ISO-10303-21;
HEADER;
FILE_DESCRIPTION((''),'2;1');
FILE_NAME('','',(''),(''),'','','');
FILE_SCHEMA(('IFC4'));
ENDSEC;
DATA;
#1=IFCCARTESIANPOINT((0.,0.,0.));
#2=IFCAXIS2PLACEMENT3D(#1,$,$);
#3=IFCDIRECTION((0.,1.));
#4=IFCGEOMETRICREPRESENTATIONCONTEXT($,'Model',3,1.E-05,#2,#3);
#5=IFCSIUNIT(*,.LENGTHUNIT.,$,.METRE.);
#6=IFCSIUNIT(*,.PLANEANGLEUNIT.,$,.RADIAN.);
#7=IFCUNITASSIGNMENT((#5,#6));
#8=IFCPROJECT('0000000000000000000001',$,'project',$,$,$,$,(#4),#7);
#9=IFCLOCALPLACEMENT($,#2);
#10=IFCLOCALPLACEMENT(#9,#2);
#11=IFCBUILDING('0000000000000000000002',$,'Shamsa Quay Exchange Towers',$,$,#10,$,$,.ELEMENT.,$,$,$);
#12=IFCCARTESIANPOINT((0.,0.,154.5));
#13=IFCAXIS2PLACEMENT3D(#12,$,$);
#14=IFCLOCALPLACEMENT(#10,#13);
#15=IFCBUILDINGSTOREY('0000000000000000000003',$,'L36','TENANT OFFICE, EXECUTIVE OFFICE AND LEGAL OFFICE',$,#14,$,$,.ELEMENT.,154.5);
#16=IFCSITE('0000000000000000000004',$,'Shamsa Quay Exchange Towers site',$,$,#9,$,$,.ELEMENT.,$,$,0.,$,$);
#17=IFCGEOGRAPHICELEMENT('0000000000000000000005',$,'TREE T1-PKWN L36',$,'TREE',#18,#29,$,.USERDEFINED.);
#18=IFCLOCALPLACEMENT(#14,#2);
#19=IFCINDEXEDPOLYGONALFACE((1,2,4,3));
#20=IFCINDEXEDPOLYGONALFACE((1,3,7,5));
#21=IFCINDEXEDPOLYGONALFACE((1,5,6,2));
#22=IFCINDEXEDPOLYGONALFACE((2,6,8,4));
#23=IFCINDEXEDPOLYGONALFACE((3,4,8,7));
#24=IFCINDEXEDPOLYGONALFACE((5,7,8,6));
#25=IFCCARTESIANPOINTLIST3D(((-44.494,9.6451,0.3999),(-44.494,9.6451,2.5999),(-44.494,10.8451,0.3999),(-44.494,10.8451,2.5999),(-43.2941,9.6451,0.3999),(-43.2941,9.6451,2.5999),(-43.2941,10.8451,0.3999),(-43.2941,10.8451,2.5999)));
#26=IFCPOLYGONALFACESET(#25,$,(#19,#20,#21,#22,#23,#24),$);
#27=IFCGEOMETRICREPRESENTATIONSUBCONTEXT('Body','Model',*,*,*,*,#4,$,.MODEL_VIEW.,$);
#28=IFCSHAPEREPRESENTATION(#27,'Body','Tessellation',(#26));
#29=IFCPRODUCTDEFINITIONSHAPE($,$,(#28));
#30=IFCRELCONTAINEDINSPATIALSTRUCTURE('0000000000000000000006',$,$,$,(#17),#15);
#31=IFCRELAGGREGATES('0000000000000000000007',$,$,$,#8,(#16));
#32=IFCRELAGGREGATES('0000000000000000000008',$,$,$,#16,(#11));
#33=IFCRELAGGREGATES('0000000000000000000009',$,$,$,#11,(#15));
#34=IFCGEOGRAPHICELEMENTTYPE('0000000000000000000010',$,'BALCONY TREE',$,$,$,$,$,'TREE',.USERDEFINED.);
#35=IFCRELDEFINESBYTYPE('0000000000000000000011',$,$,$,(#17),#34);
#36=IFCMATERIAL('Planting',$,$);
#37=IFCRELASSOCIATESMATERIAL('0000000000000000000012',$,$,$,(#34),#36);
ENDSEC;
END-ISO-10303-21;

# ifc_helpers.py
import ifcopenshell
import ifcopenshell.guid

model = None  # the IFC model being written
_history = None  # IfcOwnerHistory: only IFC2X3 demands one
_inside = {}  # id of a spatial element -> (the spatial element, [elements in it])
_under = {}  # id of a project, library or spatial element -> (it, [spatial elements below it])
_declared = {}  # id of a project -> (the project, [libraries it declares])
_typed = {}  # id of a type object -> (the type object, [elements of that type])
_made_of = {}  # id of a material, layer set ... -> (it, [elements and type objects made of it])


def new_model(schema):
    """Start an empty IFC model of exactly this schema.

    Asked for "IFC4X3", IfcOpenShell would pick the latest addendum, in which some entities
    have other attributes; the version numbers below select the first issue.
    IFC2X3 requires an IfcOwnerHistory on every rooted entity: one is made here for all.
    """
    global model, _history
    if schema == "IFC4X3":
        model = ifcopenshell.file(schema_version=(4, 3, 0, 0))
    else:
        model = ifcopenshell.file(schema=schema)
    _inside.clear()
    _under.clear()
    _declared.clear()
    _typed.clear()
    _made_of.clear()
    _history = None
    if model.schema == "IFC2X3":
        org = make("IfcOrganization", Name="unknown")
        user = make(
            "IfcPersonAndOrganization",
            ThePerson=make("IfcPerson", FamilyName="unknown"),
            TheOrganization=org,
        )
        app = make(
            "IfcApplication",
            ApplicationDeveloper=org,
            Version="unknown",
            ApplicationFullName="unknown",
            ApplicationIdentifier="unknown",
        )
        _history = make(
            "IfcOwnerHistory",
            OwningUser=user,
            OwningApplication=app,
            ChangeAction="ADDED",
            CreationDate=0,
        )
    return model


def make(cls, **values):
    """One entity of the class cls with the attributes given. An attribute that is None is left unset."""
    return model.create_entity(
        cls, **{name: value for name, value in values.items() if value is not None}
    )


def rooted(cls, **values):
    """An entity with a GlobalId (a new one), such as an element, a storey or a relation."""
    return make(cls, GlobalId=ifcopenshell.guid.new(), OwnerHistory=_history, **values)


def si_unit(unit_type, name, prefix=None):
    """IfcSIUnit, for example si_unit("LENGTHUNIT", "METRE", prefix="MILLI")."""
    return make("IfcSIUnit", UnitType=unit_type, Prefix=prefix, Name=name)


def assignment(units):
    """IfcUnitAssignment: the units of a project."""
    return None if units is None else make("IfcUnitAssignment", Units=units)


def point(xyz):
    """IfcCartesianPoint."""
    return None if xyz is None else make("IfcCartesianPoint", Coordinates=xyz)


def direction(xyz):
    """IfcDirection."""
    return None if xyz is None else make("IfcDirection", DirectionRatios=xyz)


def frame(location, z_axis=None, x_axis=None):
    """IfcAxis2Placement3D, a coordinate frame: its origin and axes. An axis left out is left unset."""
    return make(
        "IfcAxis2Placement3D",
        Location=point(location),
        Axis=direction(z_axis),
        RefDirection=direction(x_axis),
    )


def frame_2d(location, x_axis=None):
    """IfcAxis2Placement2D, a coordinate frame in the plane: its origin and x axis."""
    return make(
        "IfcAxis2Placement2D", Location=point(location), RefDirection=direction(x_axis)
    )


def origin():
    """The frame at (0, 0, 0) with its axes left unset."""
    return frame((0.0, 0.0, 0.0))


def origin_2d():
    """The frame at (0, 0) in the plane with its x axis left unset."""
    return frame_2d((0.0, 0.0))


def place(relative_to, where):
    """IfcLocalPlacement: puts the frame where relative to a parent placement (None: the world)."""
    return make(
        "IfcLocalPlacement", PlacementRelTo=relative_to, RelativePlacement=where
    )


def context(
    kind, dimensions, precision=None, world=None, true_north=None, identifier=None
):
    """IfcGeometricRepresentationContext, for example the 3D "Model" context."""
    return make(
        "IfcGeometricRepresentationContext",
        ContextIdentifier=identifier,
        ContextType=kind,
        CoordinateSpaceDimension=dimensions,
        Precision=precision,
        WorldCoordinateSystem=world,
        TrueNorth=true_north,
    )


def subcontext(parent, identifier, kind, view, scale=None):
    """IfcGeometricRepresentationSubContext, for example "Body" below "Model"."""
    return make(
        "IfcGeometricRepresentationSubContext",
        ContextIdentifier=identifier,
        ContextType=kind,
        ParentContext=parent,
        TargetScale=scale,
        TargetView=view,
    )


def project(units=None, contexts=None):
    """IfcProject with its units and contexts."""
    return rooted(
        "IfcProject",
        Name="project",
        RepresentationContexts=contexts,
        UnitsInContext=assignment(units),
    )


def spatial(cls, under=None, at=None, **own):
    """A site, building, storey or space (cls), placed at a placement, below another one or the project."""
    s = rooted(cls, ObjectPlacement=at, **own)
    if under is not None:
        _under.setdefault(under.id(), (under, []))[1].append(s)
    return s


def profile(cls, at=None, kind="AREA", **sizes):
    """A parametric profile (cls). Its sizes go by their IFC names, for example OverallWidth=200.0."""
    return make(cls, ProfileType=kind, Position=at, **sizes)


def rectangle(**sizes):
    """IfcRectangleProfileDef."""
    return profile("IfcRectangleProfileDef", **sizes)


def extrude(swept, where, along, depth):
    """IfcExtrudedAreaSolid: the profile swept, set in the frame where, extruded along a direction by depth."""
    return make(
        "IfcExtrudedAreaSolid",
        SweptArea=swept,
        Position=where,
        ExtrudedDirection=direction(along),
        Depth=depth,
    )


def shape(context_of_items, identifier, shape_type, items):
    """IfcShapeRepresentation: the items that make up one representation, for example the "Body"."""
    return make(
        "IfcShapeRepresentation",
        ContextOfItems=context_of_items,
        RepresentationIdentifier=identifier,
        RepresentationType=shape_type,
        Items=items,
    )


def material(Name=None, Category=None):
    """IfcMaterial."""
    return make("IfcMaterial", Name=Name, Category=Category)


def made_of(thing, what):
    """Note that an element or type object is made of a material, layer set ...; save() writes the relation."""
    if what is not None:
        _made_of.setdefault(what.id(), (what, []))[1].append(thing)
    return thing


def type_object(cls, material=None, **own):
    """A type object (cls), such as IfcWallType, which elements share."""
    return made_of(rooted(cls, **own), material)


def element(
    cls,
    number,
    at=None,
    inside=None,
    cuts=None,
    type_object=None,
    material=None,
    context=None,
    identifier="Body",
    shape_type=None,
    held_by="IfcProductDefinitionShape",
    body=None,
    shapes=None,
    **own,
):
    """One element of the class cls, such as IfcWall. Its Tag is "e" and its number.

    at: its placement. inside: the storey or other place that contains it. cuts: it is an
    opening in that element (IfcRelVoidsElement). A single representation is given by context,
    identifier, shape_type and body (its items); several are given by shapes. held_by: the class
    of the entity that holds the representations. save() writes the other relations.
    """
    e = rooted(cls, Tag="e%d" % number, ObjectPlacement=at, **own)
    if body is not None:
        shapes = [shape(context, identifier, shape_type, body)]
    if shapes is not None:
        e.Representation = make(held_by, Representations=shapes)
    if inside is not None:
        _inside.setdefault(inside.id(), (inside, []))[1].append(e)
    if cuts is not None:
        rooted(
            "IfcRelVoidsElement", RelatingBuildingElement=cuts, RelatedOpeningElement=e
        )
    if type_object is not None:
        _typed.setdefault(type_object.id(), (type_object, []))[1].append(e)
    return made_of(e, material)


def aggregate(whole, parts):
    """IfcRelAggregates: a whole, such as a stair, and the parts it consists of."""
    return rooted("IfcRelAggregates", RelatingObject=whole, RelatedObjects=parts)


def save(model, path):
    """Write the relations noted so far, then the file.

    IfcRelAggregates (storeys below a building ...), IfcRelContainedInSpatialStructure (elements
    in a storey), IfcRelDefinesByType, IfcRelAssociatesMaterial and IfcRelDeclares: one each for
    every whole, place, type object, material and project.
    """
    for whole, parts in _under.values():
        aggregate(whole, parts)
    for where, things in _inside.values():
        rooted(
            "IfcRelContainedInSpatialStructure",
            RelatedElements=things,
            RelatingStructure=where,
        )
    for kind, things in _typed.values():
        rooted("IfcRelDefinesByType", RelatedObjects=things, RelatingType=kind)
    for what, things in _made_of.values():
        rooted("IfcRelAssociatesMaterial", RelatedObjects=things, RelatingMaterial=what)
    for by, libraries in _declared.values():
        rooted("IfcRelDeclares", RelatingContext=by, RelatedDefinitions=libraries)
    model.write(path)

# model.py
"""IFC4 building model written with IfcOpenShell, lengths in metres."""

from ifc_helpers import new_model, si_unit, direction, frame, origin, origin_2d, place, context, subcontext, project, spatial, rectangle, extrude, material, type_object, element, save


model = new_model("IFC4")

# Units and contexts
model_context = context("Model", 3, precision=1e-05, world=origin(), true_north=direction((0.0, 1.0)))
body_context = subcontext(model_context, "Body", "Model", "MODEL_VIEW")
ifc_project = project(units=[si_unit("LENGTHUNIT", "METRE"), si_unit("PLANEANGLEUNIT", "RADIAN")], contexts=[model_context])

# Site, building, storey
site_placement = place(None, origin())
site = spatial("IfcSite", under=ifc_project, at=site_placement, Name="Shamsa Quay Exchange Towers site", CompositionType="ELEMENT", RefElevation=0.0)
building_placement = place(site_placement, origin())
building = spatial("IfcBuilding", under=site, at=building_placement, Name="Shamsa Quay Exchange Towers", CompositionType="ELEMENT")
storey_placement = place(building_placement, frame((0.0, 0.0, 154.5)))
storey = spatial("IfcBuildingStorey", under=building, at=storey_placement, Name="L36", Description="TENANT OFFICE, EXECUTIVE OFFICE AND LEGAL OFFICE", CompositionType="ELEMENT", Elevation=154.5)

# Geographic element
ifc_material_1 = material(Name="Planting")
geographic_element_type = type_object("IfcGeographicElementType", Name="BALCONY TREE", ElementType="TREE", PredefinedType="USERDEFINED", material=ifc_material_1)
geographic_element_placement = place(storey_placement, frame((-43.894, 10.2451, 0.3999), z_axis=(0.0, 0.0, 1.0), x_axis=(-1.0, 0.0, 0.0)))
element("IfcGeographicElement", 1, at=geographic_element_placement, inside=storey, type_object=geographic_element_type, Name="TREE T1-PKWN L36", ObjectType="TREE", PredefinedType="USERDEFINED", context=body_context, shape_type="SweptSolid", body=[
    extrude(rectangle(XDim=1.2, YDim=1.2, at=origin_2d()), origin(), (0.0, 0.0, 1.0), 2.2),
])

save(model, "model.ifc")
